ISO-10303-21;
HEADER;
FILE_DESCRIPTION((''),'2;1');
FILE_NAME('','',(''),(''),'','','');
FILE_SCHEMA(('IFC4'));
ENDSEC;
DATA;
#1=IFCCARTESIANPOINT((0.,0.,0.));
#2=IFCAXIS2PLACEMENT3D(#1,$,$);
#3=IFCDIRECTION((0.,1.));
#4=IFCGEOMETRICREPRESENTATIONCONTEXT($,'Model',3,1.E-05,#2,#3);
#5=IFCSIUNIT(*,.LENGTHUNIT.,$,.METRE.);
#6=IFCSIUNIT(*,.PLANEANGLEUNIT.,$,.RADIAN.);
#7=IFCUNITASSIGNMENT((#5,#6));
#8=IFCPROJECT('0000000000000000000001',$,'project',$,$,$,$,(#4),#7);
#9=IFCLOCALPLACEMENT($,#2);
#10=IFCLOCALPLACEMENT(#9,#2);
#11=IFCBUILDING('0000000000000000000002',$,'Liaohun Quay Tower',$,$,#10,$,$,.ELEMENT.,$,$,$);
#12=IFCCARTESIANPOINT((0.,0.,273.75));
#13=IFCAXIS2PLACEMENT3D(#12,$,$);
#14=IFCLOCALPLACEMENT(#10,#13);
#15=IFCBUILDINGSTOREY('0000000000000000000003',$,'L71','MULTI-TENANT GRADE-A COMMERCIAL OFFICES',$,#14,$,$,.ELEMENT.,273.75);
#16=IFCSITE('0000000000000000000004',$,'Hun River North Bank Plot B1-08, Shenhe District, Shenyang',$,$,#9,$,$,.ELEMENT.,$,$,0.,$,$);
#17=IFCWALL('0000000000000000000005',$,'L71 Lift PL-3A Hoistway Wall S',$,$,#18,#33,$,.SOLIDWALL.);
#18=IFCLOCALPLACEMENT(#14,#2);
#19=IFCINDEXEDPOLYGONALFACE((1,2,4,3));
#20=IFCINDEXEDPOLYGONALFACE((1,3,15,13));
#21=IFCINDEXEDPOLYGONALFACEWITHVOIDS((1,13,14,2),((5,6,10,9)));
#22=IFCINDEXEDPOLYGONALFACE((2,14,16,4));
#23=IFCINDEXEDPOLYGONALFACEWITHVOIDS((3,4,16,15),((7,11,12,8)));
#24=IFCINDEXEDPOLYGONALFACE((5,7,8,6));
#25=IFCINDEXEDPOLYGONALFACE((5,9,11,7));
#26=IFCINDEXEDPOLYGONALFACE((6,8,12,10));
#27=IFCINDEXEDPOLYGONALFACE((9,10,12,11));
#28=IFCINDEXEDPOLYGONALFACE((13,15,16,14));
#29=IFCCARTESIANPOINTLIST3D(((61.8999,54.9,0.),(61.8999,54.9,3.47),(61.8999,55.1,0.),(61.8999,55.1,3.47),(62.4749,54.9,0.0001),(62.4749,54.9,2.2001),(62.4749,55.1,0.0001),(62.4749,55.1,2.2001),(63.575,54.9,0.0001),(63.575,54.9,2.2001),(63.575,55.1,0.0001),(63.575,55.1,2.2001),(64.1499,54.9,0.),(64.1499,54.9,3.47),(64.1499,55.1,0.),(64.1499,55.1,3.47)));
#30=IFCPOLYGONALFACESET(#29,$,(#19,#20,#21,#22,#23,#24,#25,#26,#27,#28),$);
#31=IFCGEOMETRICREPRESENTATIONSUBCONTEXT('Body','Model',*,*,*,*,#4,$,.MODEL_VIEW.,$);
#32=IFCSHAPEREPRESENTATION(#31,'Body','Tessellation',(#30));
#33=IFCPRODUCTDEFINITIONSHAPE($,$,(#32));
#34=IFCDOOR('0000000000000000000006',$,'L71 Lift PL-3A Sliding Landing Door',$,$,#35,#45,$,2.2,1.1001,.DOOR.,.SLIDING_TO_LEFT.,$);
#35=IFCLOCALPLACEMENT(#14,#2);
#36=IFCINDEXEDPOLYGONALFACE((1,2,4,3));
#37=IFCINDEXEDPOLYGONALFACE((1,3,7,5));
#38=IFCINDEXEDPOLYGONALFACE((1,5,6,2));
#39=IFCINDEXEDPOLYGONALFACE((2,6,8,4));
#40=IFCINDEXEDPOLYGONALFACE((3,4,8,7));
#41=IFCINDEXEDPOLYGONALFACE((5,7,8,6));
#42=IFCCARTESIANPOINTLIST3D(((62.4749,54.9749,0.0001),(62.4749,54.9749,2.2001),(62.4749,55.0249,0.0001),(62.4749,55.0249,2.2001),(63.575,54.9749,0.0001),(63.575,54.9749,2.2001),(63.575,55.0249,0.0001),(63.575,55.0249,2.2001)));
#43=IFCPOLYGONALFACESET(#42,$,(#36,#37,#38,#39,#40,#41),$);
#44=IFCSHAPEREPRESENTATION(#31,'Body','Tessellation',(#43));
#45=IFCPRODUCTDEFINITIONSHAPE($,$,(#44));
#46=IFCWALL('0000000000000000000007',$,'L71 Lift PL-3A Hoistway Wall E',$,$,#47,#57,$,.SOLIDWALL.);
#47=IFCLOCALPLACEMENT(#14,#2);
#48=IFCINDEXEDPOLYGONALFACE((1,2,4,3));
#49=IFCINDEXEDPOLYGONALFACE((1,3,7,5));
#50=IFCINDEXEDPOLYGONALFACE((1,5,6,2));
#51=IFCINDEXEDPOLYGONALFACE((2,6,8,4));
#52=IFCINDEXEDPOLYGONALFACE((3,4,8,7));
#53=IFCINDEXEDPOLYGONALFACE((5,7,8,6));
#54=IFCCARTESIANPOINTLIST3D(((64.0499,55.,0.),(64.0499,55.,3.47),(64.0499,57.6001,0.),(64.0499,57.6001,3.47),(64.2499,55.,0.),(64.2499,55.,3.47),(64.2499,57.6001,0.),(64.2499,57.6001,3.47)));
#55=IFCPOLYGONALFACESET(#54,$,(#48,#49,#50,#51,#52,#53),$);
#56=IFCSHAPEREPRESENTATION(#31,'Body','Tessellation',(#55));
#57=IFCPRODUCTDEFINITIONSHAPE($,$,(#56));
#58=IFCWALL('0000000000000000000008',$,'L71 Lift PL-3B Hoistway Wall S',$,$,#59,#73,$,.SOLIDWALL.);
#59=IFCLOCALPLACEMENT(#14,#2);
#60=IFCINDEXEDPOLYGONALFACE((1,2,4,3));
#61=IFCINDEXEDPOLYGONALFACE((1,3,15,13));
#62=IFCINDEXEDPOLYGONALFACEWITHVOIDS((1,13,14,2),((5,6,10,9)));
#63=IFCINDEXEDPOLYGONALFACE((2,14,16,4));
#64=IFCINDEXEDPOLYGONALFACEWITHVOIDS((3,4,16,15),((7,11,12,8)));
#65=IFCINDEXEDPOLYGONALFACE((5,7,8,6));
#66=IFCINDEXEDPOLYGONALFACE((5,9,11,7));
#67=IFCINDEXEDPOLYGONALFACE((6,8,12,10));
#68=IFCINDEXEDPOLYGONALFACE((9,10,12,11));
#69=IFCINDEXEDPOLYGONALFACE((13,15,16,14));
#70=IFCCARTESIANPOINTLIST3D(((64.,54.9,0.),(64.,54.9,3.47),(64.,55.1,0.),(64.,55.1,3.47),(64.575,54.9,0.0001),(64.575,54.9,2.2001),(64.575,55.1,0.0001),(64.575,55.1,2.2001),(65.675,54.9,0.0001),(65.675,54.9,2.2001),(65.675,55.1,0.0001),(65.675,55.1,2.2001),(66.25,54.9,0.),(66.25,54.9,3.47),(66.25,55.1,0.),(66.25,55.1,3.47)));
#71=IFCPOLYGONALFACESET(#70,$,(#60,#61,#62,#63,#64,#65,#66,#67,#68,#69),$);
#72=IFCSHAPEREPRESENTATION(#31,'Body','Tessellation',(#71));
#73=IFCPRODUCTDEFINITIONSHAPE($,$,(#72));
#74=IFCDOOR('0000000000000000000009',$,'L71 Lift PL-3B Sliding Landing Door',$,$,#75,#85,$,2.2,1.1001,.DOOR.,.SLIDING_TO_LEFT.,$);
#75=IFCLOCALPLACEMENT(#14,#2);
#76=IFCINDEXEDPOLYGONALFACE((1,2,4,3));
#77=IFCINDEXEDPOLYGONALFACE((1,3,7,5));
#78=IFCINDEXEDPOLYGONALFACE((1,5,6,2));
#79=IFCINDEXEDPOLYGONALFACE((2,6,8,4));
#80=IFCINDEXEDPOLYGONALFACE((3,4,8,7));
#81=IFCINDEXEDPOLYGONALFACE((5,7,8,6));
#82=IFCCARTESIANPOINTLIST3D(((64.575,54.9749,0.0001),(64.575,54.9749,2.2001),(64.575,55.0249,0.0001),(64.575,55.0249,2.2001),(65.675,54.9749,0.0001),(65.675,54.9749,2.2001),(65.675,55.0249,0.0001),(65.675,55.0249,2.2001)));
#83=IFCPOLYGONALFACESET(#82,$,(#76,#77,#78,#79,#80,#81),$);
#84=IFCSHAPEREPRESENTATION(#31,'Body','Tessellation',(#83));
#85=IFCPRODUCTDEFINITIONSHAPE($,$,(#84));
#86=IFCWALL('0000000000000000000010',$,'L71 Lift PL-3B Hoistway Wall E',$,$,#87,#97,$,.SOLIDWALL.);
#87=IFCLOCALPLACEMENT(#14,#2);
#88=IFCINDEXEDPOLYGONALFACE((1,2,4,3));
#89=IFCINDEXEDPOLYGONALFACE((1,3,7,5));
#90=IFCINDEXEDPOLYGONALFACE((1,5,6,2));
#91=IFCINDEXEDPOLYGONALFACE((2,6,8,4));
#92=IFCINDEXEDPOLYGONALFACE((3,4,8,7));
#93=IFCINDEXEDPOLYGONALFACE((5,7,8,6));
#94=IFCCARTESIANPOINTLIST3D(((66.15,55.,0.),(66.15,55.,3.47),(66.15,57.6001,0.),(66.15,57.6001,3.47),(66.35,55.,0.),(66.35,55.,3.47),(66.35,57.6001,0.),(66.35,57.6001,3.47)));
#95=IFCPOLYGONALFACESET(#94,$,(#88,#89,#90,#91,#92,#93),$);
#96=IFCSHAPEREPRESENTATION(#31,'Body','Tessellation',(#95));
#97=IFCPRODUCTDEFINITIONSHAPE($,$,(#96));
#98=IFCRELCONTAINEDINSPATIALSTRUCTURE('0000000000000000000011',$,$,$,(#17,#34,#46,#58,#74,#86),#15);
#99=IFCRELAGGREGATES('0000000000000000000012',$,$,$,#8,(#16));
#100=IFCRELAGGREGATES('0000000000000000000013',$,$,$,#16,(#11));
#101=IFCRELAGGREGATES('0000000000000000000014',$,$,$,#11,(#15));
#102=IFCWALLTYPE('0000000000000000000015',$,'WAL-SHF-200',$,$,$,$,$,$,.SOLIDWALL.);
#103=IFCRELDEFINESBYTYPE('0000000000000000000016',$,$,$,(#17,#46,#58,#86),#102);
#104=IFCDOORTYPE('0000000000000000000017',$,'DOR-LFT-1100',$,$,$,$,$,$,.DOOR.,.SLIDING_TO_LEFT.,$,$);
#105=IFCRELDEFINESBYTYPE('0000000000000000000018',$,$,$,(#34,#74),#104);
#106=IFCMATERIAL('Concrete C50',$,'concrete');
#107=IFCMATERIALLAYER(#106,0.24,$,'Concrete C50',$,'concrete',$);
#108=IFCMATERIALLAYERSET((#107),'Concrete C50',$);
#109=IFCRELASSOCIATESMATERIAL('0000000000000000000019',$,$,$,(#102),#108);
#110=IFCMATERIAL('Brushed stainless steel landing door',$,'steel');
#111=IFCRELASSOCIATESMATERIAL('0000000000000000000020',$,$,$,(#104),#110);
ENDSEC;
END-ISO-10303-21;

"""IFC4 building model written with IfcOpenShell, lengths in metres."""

from ifc_helpers import new_model, si_unit, direction, frame, frame_2d, origin, place, context, subcontext, project, spatial, rectangle, extrude, source, transform, mapped, material, layer, layer_set, type_object, element, fill, save


model = new_model("IFC4")

# Units and contexts
model_context = context("Model", 3, precision=1e-05, world=origin(), true_north=direction((0.0, 1.0)))
body_context = subcontext(model_context, "Body", "Model", "MODEL_VIEW")
ifc_project = project(units=[si_unit("LENGTHUNIT", "METRE"), si_unit("PLANEANGLEUNIT", "RADIAN")], contexts=[model_context])

# Site, building, storey
site_placement = place(None, origin())
site = spatial("IfcSite", under=ifc_project, at=site_placement, Name="Hun River North Bank Plot B1-08, Shenhe District, Shenyang", CompositionType="ELEMENT", RefElevation=0.0)
building_placement = place(site_placement, origin())
building = spatial("IfcBuilding", under=site, at=building_placement, Name="Liaohun Quay Tower", CompositionType="ELEMENT")
storey_placement = place(building_placement, frame((0.0, 0.0, 273.75)))
storey = spatial("IfcBuildingStorey", under=building, at=storey_placement, Name="L71", Description="MULTI-TENANT GRADE-A COMMERCIAL OFFICES", CompositionType="ELEMENT", Elevation=273.75)

# Shared definitions
ifc_material_1 = material(Name="Concrete C50", Category="concrete")
ifc_layer_1 = layer(ifc_material_1, 0.24, Name="Concrete C50", Category="concrete")
ifc_layer_set_1 = layer_set([ifc_layer_1], Name="Concrete C50")
wall_type_1 = type_object("IfcWallType", Name="WAL-SHF-200", PredefinedType="SOLIDWALL", material=ifc_layer_set_1)

# Wall, opening, door
wall_1_placement = place(storey_placement, frame((61.8999, 55.0, 0.0), z_axis=(0.0, 0.0, 1.0), x_axis=(1.0, 0.0, 0.0)))
wall_1 = element("IfcWall", 1, at=wall_1_placement, inside=storey, type_object=wall_type_1, Name="L71 Lift PL-3A Hoistway Wall S", PredefinedType="SOLIDWALL", context=body_context, shape_type="SweptSolid", body=[
    extrude(rectangle(XDim=2.25, YDim=0.2, at=frame_2d((1.125, 0.0))), origin(), (0.0, 0.0, 1.0), 3.47),
])
shared_shape_1 = source(origin(), body_context, "Body", "SweptSolid", [
    extrude(rectangle(XDim=1.1001, YDim=2.2, at=frame_2d((0.55, 1.1001))), frame((0.0, 0.1099, 0.0), z_axis=(0.0, -1.0, 0.0), x_axis=(1.0, 0.0, 0.0)), (0.0, 0.0, 1.0), 0.22),
])
opening_1_placement = place(wall_1_placement, frame((0.575, 0.0, 0.0)))
opening_1 = element("IfcOpeningElement", 2, at=opening_1_placement, cuts=wall_1, PredefinedType="OPENING", context=body_context, shape_type="MappedRepresentation", body=[
    mapped(shared_shape_1, transform((0.0, 0.0, 0.0), x_axis=(1.0, 0.0, 0.0), y_axis=(0.0, 1.0, 0.0), z_axis=(0.0, 0.0, 1.0), scale=1.0)),
])
ifc_material_2 = material(Name="Brushed stainless steel landing door", Category="steel")
door_type_1 = type_object("IfcDoorType", Name="DOR-LFT-1100", OperationType="SLIDING_TO_LEFT", PredefinedType="DOOR", material=ifc_material_2)
shared_shape_2 = source(origin(), body_context, "Body", "SweptSolid", [
    extrude(rectangle(XDim=1.1001, YDim=2.2, at=frame_2d((0.55, 1.1001))), frame((0.0, 0.0249, 0.0), z_axis=(0.0, -1.0, 0.0), x_axis=(1.0, 0.0, 0.0)), (0.0, 0.0, 1.0), 0.05),
])
door_1_placement = place(opening_1_placement, origin())
door_1 = element("IfcDoor", 3, at=door_1_placement, inside=storey, type_object=door_type_1, Name="L71 Lift PL-3A Sliding Landing Door", OperationType="SLIDING_TO_LEFT", OverallHeight=2.2, OverallWidth=1.1001, PredefinedType="DOOR", context=body_context, shape_type="MappedRepresentation", body=[
    mapped(shared_shape_2, transform((0.0, 0.0, 0.0), x_axis=(1.0, 0.0, 0.0), y_axis=(0.0, 1.0, 0.0), z_axis=(0.0, 0.0, 1.0), scale=1.0)),
])
fill(opening_1, door_1)

# Wall
wall_2_placement = place(storey_placement, frame((64.1499, 55.0, 0.0), z_axis=(0.0, 0.0, 1.0), x_axis=(0.0, 1.0, 0.0)))
element("IfcWall", 4, at=wall_2_placement, inside=storey, type_object=wall_type_1, Name="L71 Lift PL-3A Hoistway Wall E", PredefinedType="SOLIDWALL", context=body_context, shape_type="SweptSolid", body=[
    extrude(rectangle(XDim=2.6001, YDim=0.2, at=frame_2d((1.3, 0.0))), origin(), (0.0, 0.0, 1.0), 3.47),
])

# Wall, opening, door
wall_3_placement = place(storey_placement, frame((64.0, 55.0, 0.0), z_axis=(0.0, 0.0, 1.0), x_axis=(1.0, 0.0, 0.0)))
wall_3 = element("IfcWall", 5, at=wall_3_placement, inside=storey, type_object=wall_type_1, Name="L71 Lift PL-3B Hoistway Wall S", PredefinedType="SOLIDWALL", context=body_context, shape_type="SweptSolid", body=[
    extrude(rectangle(XDim=2.25, YDim=0.2, at=frame_2d((1.125, 0.0))), origin(), (0.0, 0.0, 1.0), 3.47),
])
opening_2_placement = place(wall_3_placement, frame((0.575, 0.0, 0.0)))
opening_2 = element("IfcOpeningElement", 6, at=opening_2_placement, cuts=wall_3, PredefinedType="OPENING", context=body_context, shape_type="MappedRepresentation", body=[
    mapped(shared_shape_1, transform((0.0, 0.0, 0.0), x_axis=(1.0, 0.0, 0.0), y_axis=(0.0, 1.0, 0.0), z_axis=(0.0, 0.0, 1.0), scale=1.0)),
])
door_2_placement = place(opening_2_placement, origin())
door_2 = element("IfcDoor", 7, at=door_2_placement, inside=storey, type_object=door_type_1, Name="L71 Lift PL-3B Sliding Landing Door", OperationType="SLIDING_TO_LEFT", OverallHeight=2.2, OverallWidth=1.1001, PredefinedType="DOOR", context=body_context, shape_type="MappedRepresentation", body=[
    mapped(shared_shape_2, transform((0.0, 0.0, 0.0), x_axis=(1.0, 0.0, 0.0), y_axis=(0.0, 1.0, 0.0), z_axis=(0.0, 0.0, 1.0), scale=1.0)),
])
fill(opening_2, door_2)

# Wall
wall_4_placement = place(storey_placement, frame((66.25, 55.0, 0.0), z_axis=(0.0, 0.0, 1.0), x_axis=(0.0, 1.0, 0.0)))
element("IfcWall", 8, at=wall_4_placement, inside=storey, type_object=wall_type_1, Name="L71 Lift PL-3B Hoistway Wall E", PredefinedType="SOLIDWALL", context=body_context, shape_type="SweptSolid", body=[
    extrude(rectangle(XDim=2.6001, YDim=0.2, at=frame_2d((1.3, 0.0))), origin(), (0.0, 0.0, 1.0), 3.47),
])

save(model, "model.ifc")
